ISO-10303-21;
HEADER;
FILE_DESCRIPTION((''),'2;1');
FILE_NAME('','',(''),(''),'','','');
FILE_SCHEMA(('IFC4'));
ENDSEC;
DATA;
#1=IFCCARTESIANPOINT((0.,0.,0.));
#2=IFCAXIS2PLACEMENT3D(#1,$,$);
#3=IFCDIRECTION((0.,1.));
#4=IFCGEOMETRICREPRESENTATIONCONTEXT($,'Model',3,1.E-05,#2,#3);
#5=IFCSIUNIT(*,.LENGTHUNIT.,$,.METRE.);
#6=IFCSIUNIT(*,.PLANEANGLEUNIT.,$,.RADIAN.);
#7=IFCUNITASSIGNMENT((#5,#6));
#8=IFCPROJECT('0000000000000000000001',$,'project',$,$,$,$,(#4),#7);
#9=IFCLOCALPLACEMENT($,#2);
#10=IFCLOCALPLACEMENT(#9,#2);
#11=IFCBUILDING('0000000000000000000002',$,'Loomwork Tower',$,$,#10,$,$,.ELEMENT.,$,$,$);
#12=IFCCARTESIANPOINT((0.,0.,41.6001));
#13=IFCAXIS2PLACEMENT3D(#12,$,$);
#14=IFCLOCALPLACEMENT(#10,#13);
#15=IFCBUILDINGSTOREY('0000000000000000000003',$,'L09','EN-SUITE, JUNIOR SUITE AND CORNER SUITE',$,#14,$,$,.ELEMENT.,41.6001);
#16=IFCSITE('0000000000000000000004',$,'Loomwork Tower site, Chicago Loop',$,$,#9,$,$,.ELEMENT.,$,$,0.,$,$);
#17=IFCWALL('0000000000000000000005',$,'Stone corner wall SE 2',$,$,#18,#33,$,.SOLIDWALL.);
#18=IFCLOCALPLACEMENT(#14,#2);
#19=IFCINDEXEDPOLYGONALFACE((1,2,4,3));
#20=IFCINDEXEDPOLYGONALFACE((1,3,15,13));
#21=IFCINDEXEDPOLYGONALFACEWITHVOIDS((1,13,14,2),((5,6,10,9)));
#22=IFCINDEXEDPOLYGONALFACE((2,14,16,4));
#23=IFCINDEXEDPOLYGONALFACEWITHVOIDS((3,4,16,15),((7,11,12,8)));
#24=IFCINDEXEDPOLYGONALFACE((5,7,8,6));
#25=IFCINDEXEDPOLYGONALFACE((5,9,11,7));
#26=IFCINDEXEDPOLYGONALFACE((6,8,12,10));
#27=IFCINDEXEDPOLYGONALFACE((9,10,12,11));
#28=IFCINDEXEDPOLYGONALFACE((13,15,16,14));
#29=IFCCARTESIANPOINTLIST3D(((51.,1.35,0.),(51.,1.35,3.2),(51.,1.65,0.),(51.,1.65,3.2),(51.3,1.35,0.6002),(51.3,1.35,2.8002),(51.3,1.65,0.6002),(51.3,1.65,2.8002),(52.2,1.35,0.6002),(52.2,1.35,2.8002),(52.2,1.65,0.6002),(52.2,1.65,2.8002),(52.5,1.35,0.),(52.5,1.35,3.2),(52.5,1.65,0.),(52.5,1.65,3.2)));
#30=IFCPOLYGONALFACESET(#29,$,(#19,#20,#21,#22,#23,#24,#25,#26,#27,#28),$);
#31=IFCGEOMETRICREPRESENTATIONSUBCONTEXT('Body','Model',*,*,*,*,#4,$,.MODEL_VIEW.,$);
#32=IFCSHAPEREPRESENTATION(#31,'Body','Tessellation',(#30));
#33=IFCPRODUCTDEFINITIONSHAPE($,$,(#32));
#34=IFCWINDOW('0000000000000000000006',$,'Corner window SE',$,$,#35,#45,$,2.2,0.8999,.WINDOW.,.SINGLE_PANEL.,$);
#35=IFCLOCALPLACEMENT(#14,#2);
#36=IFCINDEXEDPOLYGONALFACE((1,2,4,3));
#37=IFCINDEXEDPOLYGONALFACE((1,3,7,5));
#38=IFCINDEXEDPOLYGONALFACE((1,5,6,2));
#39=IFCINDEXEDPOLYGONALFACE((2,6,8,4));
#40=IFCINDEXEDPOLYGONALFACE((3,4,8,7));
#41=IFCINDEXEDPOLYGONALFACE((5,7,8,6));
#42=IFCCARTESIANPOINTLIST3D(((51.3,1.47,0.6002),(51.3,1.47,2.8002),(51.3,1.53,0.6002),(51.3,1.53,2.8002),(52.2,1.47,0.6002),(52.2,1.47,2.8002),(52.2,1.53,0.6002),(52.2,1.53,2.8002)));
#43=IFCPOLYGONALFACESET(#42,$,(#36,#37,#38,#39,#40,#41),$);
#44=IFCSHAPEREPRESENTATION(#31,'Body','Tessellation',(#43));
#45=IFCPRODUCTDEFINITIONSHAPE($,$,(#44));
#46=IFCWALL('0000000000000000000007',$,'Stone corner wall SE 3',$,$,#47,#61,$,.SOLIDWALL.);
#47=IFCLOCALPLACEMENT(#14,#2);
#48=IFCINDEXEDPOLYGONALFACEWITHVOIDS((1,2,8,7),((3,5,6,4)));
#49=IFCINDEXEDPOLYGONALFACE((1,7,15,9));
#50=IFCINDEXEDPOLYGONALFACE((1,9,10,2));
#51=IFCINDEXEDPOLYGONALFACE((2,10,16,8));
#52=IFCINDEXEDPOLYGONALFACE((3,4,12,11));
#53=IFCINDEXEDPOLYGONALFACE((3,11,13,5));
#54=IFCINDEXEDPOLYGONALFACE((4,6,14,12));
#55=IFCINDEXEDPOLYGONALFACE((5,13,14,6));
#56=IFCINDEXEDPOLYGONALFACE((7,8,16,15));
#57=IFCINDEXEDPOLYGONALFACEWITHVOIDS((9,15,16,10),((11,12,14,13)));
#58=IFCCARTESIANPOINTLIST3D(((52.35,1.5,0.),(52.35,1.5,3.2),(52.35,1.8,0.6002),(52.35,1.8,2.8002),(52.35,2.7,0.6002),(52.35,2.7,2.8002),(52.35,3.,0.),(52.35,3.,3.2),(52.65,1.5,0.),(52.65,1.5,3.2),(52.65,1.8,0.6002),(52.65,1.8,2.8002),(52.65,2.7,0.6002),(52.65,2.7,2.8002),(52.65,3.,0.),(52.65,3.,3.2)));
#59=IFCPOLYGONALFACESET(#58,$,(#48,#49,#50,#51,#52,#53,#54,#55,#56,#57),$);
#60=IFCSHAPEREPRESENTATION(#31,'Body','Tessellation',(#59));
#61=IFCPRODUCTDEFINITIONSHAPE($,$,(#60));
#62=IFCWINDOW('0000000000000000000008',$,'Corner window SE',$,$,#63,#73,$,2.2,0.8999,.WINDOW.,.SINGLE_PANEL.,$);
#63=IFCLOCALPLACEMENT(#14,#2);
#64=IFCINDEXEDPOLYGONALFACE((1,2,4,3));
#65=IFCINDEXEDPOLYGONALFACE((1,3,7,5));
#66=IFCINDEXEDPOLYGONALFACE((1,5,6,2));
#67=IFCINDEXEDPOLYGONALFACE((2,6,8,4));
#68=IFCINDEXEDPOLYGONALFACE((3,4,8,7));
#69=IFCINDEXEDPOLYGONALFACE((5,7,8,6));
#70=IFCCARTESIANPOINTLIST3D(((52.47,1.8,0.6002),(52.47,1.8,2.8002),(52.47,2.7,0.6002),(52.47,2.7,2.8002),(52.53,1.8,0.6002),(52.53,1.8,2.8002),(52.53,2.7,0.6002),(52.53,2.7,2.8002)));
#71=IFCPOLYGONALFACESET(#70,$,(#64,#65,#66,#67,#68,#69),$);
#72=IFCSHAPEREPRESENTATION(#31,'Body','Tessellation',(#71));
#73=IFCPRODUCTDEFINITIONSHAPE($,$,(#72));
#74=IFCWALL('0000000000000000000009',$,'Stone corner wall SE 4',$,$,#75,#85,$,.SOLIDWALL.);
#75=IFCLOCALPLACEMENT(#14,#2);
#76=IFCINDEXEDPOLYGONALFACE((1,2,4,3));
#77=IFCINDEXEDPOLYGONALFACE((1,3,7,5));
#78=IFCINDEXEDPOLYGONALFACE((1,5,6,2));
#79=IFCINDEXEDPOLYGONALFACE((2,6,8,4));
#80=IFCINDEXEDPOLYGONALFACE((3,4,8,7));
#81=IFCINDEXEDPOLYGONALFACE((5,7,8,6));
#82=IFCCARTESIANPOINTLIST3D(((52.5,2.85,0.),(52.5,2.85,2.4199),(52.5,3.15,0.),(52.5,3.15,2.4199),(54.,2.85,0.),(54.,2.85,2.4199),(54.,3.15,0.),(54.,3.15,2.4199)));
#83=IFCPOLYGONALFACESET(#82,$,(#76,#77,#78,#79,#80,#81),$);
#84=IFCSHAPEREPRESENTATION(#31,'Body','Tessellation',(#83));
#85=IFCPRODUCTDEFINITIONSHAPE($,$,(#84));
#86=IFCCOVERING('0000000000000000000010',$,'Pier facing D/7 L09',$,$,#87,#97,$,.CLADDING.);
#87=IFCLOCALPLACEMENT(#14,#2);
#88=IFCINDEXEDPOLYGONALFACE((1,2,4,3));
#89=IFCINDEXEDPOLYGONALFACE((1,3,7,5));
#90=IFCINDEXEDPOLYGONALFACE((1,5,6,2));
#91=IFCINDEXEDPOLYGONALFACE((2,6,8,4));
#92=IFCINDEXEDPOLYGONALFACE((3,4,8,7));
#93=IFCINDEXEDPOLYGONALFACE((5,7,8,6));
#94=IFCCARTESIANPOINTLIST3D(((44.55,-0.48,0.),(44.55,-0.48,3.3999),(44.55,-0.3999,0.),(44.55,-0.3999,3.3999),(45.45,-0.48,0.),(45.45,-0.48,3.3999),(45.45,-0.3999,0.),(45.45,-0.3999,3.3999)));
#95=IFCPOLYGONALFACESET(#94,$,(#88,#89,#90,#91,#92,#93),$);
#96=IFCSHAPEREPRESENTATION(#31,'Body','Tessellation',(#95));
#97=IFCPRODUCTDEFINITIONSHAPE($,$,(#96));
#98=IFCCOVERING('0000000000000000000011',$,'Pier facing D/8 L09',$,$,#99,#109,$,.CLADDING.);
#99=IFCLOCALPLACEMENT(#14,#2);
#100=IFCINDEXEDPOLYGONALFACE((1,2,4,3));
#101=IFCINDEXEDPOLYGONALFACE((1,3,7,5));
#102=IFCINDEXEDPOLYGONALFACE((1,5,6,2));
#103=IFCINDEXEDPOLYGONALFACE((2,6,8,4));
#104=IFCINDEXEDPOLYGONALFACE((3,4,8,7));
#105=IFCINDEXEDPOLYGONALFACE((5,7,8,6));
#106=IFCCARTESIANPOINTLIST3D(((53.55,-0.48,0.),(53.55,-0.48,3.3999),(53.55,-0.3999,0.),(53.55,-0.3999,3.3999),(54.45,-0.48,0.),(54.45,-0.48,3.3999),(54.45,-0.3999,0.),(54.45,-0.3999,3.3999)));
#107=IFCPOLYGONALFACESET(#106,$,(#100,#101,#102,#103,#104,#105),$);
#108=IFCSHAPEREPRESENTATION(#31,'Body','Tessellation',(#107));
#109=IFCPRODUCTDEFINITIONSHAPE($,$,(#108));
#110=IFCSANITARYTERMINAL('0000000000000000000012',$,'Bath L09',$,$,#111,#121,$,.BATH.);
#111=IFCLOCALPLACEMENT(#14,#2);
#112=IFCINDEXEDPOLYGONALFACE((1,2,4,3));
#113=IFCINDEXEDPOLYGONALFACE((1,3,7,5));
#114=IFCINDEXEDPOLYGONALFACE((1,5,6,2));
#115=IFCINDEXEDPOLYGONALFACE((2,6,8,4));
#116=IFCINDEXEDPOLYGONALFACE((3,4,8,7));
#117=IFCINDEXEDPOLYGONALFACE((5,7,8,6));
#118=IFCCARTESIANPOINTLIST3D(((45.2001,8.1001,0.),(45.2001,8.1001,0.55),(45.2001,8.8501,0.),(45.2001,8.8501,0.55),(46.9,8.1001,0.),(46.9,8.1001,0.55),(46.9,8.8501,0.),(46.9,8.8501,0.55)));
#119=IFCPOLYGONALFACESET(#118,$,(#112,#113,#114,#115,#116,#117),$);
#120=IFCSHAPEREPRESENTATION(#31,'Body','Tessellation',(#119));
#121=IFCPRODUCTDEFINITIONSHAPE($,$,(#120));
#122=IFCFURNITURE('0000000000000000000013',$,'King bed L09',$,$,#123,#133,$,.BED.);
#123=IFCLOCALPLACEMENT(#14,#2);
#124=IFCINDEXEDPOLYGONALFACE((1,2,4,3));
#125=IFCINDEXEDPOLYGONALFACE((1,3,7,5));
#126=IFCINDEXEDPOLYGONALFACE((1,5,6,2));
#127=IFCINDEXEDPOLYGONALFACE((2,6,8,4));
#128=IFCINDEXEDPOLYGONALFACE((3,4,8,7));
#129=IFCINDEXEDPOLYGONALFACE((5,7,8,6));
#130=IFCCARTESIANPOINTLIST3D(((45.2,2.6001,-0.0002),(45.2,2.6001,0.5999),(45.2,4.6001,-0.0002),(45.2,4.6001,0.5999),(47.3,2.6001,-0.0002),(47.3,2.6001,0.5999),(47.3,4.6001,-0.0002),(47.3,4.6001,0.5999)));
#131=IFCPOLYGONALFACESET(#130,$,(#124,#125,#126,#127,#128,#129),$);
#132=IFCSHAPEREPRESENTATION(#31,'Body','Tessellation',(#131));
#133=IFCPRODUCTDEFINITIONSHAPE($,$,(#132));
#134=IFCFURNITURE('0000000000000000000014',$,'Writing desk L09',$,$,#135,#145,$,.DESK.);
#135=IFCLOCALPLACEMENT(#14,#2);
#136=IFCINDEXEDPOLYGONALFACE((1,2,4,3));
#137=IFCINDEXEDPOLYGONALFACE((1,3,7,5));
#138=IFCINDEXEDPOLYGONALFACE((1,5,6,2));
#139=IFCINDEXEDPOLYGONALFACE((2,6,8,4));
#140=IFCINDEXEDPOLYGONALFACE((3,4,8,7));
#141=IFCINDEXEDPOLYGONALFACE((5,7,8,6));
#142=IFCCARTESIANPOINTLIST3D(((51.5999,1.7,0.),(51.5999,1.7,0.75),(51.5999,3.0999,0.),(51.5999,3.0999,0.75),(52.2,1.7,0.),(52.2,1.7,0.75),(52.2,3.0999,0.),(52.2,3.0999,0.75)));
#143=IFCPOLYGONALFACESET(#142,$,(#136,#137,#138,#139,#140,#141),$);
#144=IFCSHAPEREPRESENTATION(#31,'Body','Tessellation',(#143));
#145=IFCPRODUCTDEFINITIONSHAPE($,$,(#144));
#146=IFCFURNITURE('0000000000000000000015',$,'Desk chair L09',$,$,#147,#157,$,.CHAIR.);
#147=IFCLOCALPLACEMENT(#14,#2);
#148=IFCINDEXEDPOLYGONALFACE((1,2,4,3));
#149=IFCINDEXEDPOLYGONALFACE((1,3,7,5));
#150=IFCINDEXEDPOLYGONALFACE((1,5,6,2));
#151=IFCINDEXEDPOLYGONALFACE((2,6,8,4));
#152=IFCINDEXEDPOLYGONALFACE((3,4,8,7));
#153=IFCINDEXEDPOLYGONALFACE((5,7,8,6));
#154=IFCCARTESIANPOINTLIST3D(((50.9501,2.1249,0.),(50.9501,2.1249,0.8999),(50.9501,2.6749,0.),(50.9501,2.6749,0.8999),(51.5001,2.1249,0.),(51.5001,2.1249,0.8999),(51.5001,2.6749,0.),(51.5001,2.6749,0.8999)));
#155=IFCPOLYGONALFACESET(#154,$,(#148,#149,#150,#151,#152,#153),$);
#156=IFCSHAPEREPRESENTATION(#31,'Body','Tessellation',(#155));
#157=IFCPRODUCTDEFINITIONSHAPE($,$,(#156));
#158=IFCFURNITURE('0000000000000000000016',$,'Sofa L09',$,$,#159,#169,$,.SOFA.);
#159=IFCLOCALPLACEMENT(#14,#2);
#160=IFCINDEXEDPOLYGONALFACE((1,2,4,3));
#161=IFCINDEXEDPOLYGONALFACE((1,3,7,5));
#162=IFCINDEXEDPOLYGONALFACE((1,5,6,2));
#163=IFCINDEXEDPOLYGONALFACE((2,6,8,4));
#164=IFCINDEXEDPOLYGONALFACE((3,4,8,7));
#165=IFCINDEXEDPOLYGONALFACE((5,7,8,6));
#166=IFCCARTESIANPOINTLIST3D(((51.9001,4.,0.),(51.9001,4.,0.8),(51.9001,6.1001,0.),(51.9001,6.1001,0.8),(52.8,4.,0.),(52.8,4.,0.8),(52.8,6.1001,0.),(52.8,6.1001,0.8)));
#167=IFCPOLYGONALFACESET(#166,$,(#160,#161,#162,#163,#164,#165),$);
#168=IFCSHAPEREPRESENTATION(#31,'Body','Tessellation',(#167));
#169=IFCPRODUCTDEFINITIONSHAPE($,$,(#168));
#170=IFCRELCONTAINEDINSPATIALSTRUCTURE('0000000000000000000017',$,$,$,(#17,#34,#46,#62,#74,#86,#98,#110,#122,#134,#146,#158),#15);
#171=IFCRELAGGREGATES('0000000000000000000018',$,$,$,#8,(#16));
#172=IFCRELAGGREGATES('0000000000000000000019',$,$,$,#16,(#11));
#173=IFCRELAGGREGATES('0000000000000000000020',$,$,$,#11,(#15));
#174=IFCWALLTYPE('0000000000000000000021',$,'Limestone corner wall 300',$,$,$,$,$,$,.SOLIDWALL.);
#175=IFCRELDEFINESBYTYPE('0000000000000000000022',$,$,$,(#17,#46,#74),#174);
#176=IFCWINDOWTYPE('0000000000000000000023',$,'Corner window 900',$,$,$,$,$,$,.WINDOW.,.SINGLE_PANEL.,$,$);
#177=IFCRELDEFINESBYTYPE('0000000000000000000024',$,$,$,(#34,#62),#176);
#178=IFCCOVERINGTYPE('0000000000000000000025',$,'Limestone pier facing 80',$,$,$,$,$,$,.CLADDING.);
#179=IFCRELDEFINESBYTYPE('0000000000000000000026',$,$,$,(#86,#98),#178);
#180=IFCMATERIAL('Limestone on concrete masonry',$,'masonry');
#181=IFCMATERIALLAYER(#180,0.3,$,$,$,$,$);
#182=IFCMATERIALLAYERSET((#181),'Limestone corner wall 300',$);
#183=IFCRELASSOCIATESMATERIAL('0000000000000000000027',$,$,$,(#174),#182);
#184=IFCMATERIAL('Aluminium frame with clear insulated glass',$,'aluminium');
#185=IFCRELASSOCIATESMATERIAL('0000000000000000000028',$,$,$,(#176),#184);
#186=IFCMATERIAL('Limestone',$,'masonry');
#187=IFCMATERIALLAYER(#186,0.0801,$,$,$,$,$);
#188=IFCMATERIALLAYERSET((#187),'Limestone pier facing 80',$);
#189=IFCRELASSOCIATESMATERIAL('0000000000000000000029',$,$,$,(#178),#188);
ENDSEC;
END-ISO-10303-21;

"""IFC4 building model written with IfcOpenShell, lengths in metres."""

from ifc_helpers import new_model, si_unit, direction, frame, frame_2d, origin, origin_2d, place, context, subcontext, project, spatial, rectangle, extrude, material, layer, layer_set, type_object, element, fill, save


model = new_model("IFC4")

# Units and contexts
model_context = context("Model", 3, precision=1e-05, world=origin(), true_north=direction((0.0, 1.0)))
body_context = subcontext(model_context, "Body", "Model", "MODEL_VIEW")
ifc_project = project(units=[si_unit("LENGTHUNIT", "METRE"), si_unit("PLANEANGLEUNIT", "RADIAN")], contexts=[model_context])

# Site, building, storey
site_placement = place(None, origin())
site = spatial("IfcSite", under=ifc_project, at=site_placement, Name="Loomwork Tower site, Chicago Loop", CompositionType="ELEMENT", RefElevation=0.0)
building_placement = place(site_placement, origin())
building = spatial("IfcBuilding", under=site, at=building_placement, Name="Loomwork Tower", CompositionType="ELEMENT")
storey_placement = place(building_placement, frame((0.0, 0.0, 41.6001)))
storey = spatial("IfcBuildingStorey", under=building, at=storey_placement, Name="L09", Description="EN-SUITE, JUNIOR SUITE AND CORNER SUITE", CompositionType="ELEMENT", Elevation=41.6001)

# Shared definitions
ifc_material_1 = material(Name="Limestone on concrete masonry", Category="masonry")
ifc_layer_1 = layer(ifc_material_1, 0.3)
ifc_layer_set_1 = layer_set([ifc_layer_1], Name="Limestone corner wall 300")
wall_type_1 = type_object("IfcWallType", Name="Limestone corner wall 300", PredefinedType="SOLIDWALL", material=ifc_layer_set_1)

# Walls, openings, windows
wall_1_placement = place(storey_placement, frame((51.0, 1.5, 0.0), z_axis=(0.0, 0.0, 1.0), x_axis=(1.0, 0.0, 0.0)))
wall_1 = element("IfcWall", 1, at=wall_1_placement, inside=storey, type_object=wall_type_1, Name="Stone corner wall SE 2", PredefinedType="SOLIDWALL", context=body_context, shape_type="SweptSolid", body=[
    extrude(rectangle(XDim=1.5, YDim=0.3, at=frame_2d((0.75, 0.0))), origin(), (0.0, 0.0, 1.0), 3.2),
])
opening_1_placement = place(wall_1_placement, frame((0.3, 0.0, 0.6001)))
opening_1 = element("IfcOpeningElement", 2, at=opening_1_placement, cuts=wall_1, PredefinedType="OPENING", context=body_context, shape_type="SweptSolid", body=[
    extrude(rectangle(XDim=0.8999, YDim=2.2, at=frame_2d((0.45, 1.1001))), frame((0.0, 0.1599, 0.0), z_axis=(0.0, -1.0, 0.0), x_axis=(1.0, 0.0, 0.0)), (0.0, 0.0, 1.0), 0.3201),
])
ifc_material_2 = material(Name="Aluminium frame with clear insulated glass", Category="aluminium")
window_type_1 = type_object("IfcWindowType", Name="Corner window 900", PartitioningType="SINGLE_PANEL", PredefinedType="WINDOW", material=ifc_material_2)
window_1_placement = place(opening_1_placement, origin())
window_1 = element("IfcWindow", 3, at=window_1_placement, inside=storey, type_object=window_type_1, Name="Corner window SE", OverallHeight=2.2, OverallWidth=0.8999, PartitioningType="SINGLE_PANEL", PredefinedType="WINDOW", context=body_context, shape_type="SweptSolid", body=[
    extrude(rectangle(XDim=0.8999, YDim=2.2, at=frame_2d((0.45, 1.1001))), frame((0.0, 0.03, 0.0), z_axis=(0.0, -1.0, 0.0), x_axis=(1.0, 0.0, 0.0)), (0.0, 0.0, 1.0), 0.0601),
])
fill(opening_1, window_1)
wall_2_placement = place(storey_placement, frame((52.5, 1.5, 0.0), z_axis=(0.0, 0.0, 1.0), x_axis=(0.0, 1.0, 0.0)))
wall_2 = element("IfcWall", 4, at=wall_2_placement, inside=storey, type_object=wall_type_1, Name="Stone corner wall SE 3", PredefinedType="SOLIDWALL", context=body_context, shape_type="SweptSolid", body=[
    extrude(rectangle(XDim=1.5, YDim=0.3, at=frame_2d((0.75, 0.0))), origin(), (0.0, 0.0, 1.0), 3.2),
])
opening_2_placement = place(wall_2_placement, frame((0.3, 0.0, 0.6001)))
opening_2 = element("IfcOpeningElement", 5, at=opening_2_placement, cuts=wall_2, PredefinedType="OPENING", context=body_context, shape_type="SweptSolid", body=[
    extrude(rectangle(XDim=0.8999, YDim=2.2, at=frame_2d((0.45, 1.1001))), frame((0.0, 0.1599, 0.0), z_axis=(0.0, -1.0, 0.0), x_axis=(1.0, 0.0, 0.0)), (0.0, 0.0, 1.0), 0.3201),
])
window_2_placement = place(opening_2_placement, origin())
window_2 = element("IfcWindow", 6, at=window_2_placement, inside=storey, type_object=window_type_1, Name="Corner window SE", OverallHeight=2.2, OverallWidth=0.8999, PartitioningType="SINGLE_PANEL", PredefinedType="WINDOW", context=body_context, shape_type="SweptSolid", body=[
    extrude(rectangle(XDim=0.8999, YDim=2.2, at=frame_2d((0.45, 1.1001))), frame((0.0, 0.03, 0.0), z_axis=(0.0, -1.0, 0.0), x_axis=(1.0, 0.0, 0.0)), (0.0, 0.0, 1.0), 0.0601),
])
fill(opening_2, window_2)

# Wall
wall_3_placement = place(storey_placement, frame((52.5, 3.0, 0.0), z_axis=(0.0, 0.0, 1.0), x_axis=(1.0, 0.0, 0.0)))
element("IfcWall", 7, at=wall_3_placement, inside=storey, type_object=wall_type_1, Name="Stone corner wall SE 4", PredefinedType="SOLIDWALL", context=body_context, shape_type="SweptSolid", body=[
    extrude(rectangle(XDim=1.5, YDim=0.3, at=frame_2d((0.75, 0.0))), origin(), (0.0, 0.0, 1.0), 2.4199),
])

# Coverings
ifc_material_3 = material(Name="Limestone", Category="masonry")
ifc_layer_2 = layer(ifc_material_3, 0.0801)
ifc_layer_set_2 = layer_set([ifc_layer_2], Name="Limestone pier facing 80")
covering_type = type_object("IfcCoveringType", Name="Limestone pier facing 80", PredefinedType="CLADDING", material=ifc_layer_set_2)
for number, where, z_axis, x_axis, name in (
    (8, (45.0, -0.4399, 0.0), (0.0, 0.0, 1.0), (1.0, 0.0, 0.0), "Pier facing D/7 L09"),
    (9, (54.0, -0.4399, 0.0), (0.0, 0.0, 1.0), (1.0, 0.0, 0.0), "Pier facing D/8 L09"),
):
    element("IfcCovering", number, at=place(storey_placement, frame(where, z_axis=z_axis, x_axis=x_axis)), inside=storey, type_object=covering_type, Name=name, PredefinedType="CLADDING", context=body_context, shape_type="SweptSolid", body=[
        extrude(rectangle(XDim=0.8999, YDim=0.0801, at=origin_2d()), origin(), (0.0, 0.0, 1.0), 3.3999),
    ])

# Sanitary terminal
sanitary_terminal_placement = place(storey_placement, frame((46.05, 8.4751, 0.0), z_axis=(0.0, 0.0, 1.0), x_axis=(1.0, 0.0, 0.0)))
element("IfcSanitaryTerminal", 10, at=sanitary_terminal_placement, inside=storey, Name="Bath L09", PredefinedType="BATH", context=body_context, shape_type="SweptSolid", body=[
    extrude(rectangle(XDim=1.7, YDim=0.75, at=origin_2d()), origin(), (0.0, 0.0, 1.0), 0.55),
])

# Furniture
furniture_1_placement = place(storey_placement, frame((46.25, 3.6001, -0.0002), z_axis=(0.0, 0.0, 1.0), x_axis=(1.0, 0.0, 0.0)))
element("IfcFurniture", 11, at=furniture_1_placement, inside=storey, Name="King bed L09", PredefinedType="BED", context=body_context, shape_type="SweptSolid", body=[
    extrude(rectangle(XDim=2.1001, YDim=2.0, at=origin_2d()), origin(), (0.0, 0.0, 1.0), 0.6001),
])
furniture_2_placement = place(storey_placement, frame((51.8999, 2.3999, 0.0), z_axis=(0.0, 0.0, 1.0), x_axis=(1.0, 0.0, 0.0)))
element("IfcFurniture", 12, at=furniture_2_placement, inside=storey, Name="Writing desk L09", PredefinedType="DESK", context=body_context, shape_type="SweptSolid", body=[
    extrude(rectangle(XDim=0.6001, YDim=1.3999, at=origin_2d()), origin(), (0.0, 0.0, 1.0), 0.75),
])
furniture_3_placement = place(storey_placement, frame((51.2251, 2.3999, 0.0), z_axis=(0.0, 0.0, 1.0), x_axis=(1.0, 0.0, 0.0)))
element("IfcFurniture", 13, at=furniture_3_placement, inside=storey, Name="Desk chair L09", PredefinedType="CHAIR", context=body_context, shape_type="SweptSolid", body=[
    extrude(rectangle(XDim=0.55, YDim=0.55, at=origin_2d()), origin(), (0.0, 0.0, 1.0), 0.8999),
])
furniture_4_placement = place(storey_placement, frame((52.3501, 5.05, 0.0), z_axis=(0.0, 0.0, 1.0), x_axis=(1.0, 0.0, 0.0)))
element("IfcFurniture", 14, at=furniture_4_placement, inside=storey, Name="Sofa L09", PredefinedType="SOFA", context=body_context, shape_type="SweptSolid", body=[
    extrude(rectangle(XDim=0.8999, YDim=2.1001, at=origin_2d()), origin(), (0.0, 0.0, 1.0), 0.8),
])

save(model, "model.ifc")
